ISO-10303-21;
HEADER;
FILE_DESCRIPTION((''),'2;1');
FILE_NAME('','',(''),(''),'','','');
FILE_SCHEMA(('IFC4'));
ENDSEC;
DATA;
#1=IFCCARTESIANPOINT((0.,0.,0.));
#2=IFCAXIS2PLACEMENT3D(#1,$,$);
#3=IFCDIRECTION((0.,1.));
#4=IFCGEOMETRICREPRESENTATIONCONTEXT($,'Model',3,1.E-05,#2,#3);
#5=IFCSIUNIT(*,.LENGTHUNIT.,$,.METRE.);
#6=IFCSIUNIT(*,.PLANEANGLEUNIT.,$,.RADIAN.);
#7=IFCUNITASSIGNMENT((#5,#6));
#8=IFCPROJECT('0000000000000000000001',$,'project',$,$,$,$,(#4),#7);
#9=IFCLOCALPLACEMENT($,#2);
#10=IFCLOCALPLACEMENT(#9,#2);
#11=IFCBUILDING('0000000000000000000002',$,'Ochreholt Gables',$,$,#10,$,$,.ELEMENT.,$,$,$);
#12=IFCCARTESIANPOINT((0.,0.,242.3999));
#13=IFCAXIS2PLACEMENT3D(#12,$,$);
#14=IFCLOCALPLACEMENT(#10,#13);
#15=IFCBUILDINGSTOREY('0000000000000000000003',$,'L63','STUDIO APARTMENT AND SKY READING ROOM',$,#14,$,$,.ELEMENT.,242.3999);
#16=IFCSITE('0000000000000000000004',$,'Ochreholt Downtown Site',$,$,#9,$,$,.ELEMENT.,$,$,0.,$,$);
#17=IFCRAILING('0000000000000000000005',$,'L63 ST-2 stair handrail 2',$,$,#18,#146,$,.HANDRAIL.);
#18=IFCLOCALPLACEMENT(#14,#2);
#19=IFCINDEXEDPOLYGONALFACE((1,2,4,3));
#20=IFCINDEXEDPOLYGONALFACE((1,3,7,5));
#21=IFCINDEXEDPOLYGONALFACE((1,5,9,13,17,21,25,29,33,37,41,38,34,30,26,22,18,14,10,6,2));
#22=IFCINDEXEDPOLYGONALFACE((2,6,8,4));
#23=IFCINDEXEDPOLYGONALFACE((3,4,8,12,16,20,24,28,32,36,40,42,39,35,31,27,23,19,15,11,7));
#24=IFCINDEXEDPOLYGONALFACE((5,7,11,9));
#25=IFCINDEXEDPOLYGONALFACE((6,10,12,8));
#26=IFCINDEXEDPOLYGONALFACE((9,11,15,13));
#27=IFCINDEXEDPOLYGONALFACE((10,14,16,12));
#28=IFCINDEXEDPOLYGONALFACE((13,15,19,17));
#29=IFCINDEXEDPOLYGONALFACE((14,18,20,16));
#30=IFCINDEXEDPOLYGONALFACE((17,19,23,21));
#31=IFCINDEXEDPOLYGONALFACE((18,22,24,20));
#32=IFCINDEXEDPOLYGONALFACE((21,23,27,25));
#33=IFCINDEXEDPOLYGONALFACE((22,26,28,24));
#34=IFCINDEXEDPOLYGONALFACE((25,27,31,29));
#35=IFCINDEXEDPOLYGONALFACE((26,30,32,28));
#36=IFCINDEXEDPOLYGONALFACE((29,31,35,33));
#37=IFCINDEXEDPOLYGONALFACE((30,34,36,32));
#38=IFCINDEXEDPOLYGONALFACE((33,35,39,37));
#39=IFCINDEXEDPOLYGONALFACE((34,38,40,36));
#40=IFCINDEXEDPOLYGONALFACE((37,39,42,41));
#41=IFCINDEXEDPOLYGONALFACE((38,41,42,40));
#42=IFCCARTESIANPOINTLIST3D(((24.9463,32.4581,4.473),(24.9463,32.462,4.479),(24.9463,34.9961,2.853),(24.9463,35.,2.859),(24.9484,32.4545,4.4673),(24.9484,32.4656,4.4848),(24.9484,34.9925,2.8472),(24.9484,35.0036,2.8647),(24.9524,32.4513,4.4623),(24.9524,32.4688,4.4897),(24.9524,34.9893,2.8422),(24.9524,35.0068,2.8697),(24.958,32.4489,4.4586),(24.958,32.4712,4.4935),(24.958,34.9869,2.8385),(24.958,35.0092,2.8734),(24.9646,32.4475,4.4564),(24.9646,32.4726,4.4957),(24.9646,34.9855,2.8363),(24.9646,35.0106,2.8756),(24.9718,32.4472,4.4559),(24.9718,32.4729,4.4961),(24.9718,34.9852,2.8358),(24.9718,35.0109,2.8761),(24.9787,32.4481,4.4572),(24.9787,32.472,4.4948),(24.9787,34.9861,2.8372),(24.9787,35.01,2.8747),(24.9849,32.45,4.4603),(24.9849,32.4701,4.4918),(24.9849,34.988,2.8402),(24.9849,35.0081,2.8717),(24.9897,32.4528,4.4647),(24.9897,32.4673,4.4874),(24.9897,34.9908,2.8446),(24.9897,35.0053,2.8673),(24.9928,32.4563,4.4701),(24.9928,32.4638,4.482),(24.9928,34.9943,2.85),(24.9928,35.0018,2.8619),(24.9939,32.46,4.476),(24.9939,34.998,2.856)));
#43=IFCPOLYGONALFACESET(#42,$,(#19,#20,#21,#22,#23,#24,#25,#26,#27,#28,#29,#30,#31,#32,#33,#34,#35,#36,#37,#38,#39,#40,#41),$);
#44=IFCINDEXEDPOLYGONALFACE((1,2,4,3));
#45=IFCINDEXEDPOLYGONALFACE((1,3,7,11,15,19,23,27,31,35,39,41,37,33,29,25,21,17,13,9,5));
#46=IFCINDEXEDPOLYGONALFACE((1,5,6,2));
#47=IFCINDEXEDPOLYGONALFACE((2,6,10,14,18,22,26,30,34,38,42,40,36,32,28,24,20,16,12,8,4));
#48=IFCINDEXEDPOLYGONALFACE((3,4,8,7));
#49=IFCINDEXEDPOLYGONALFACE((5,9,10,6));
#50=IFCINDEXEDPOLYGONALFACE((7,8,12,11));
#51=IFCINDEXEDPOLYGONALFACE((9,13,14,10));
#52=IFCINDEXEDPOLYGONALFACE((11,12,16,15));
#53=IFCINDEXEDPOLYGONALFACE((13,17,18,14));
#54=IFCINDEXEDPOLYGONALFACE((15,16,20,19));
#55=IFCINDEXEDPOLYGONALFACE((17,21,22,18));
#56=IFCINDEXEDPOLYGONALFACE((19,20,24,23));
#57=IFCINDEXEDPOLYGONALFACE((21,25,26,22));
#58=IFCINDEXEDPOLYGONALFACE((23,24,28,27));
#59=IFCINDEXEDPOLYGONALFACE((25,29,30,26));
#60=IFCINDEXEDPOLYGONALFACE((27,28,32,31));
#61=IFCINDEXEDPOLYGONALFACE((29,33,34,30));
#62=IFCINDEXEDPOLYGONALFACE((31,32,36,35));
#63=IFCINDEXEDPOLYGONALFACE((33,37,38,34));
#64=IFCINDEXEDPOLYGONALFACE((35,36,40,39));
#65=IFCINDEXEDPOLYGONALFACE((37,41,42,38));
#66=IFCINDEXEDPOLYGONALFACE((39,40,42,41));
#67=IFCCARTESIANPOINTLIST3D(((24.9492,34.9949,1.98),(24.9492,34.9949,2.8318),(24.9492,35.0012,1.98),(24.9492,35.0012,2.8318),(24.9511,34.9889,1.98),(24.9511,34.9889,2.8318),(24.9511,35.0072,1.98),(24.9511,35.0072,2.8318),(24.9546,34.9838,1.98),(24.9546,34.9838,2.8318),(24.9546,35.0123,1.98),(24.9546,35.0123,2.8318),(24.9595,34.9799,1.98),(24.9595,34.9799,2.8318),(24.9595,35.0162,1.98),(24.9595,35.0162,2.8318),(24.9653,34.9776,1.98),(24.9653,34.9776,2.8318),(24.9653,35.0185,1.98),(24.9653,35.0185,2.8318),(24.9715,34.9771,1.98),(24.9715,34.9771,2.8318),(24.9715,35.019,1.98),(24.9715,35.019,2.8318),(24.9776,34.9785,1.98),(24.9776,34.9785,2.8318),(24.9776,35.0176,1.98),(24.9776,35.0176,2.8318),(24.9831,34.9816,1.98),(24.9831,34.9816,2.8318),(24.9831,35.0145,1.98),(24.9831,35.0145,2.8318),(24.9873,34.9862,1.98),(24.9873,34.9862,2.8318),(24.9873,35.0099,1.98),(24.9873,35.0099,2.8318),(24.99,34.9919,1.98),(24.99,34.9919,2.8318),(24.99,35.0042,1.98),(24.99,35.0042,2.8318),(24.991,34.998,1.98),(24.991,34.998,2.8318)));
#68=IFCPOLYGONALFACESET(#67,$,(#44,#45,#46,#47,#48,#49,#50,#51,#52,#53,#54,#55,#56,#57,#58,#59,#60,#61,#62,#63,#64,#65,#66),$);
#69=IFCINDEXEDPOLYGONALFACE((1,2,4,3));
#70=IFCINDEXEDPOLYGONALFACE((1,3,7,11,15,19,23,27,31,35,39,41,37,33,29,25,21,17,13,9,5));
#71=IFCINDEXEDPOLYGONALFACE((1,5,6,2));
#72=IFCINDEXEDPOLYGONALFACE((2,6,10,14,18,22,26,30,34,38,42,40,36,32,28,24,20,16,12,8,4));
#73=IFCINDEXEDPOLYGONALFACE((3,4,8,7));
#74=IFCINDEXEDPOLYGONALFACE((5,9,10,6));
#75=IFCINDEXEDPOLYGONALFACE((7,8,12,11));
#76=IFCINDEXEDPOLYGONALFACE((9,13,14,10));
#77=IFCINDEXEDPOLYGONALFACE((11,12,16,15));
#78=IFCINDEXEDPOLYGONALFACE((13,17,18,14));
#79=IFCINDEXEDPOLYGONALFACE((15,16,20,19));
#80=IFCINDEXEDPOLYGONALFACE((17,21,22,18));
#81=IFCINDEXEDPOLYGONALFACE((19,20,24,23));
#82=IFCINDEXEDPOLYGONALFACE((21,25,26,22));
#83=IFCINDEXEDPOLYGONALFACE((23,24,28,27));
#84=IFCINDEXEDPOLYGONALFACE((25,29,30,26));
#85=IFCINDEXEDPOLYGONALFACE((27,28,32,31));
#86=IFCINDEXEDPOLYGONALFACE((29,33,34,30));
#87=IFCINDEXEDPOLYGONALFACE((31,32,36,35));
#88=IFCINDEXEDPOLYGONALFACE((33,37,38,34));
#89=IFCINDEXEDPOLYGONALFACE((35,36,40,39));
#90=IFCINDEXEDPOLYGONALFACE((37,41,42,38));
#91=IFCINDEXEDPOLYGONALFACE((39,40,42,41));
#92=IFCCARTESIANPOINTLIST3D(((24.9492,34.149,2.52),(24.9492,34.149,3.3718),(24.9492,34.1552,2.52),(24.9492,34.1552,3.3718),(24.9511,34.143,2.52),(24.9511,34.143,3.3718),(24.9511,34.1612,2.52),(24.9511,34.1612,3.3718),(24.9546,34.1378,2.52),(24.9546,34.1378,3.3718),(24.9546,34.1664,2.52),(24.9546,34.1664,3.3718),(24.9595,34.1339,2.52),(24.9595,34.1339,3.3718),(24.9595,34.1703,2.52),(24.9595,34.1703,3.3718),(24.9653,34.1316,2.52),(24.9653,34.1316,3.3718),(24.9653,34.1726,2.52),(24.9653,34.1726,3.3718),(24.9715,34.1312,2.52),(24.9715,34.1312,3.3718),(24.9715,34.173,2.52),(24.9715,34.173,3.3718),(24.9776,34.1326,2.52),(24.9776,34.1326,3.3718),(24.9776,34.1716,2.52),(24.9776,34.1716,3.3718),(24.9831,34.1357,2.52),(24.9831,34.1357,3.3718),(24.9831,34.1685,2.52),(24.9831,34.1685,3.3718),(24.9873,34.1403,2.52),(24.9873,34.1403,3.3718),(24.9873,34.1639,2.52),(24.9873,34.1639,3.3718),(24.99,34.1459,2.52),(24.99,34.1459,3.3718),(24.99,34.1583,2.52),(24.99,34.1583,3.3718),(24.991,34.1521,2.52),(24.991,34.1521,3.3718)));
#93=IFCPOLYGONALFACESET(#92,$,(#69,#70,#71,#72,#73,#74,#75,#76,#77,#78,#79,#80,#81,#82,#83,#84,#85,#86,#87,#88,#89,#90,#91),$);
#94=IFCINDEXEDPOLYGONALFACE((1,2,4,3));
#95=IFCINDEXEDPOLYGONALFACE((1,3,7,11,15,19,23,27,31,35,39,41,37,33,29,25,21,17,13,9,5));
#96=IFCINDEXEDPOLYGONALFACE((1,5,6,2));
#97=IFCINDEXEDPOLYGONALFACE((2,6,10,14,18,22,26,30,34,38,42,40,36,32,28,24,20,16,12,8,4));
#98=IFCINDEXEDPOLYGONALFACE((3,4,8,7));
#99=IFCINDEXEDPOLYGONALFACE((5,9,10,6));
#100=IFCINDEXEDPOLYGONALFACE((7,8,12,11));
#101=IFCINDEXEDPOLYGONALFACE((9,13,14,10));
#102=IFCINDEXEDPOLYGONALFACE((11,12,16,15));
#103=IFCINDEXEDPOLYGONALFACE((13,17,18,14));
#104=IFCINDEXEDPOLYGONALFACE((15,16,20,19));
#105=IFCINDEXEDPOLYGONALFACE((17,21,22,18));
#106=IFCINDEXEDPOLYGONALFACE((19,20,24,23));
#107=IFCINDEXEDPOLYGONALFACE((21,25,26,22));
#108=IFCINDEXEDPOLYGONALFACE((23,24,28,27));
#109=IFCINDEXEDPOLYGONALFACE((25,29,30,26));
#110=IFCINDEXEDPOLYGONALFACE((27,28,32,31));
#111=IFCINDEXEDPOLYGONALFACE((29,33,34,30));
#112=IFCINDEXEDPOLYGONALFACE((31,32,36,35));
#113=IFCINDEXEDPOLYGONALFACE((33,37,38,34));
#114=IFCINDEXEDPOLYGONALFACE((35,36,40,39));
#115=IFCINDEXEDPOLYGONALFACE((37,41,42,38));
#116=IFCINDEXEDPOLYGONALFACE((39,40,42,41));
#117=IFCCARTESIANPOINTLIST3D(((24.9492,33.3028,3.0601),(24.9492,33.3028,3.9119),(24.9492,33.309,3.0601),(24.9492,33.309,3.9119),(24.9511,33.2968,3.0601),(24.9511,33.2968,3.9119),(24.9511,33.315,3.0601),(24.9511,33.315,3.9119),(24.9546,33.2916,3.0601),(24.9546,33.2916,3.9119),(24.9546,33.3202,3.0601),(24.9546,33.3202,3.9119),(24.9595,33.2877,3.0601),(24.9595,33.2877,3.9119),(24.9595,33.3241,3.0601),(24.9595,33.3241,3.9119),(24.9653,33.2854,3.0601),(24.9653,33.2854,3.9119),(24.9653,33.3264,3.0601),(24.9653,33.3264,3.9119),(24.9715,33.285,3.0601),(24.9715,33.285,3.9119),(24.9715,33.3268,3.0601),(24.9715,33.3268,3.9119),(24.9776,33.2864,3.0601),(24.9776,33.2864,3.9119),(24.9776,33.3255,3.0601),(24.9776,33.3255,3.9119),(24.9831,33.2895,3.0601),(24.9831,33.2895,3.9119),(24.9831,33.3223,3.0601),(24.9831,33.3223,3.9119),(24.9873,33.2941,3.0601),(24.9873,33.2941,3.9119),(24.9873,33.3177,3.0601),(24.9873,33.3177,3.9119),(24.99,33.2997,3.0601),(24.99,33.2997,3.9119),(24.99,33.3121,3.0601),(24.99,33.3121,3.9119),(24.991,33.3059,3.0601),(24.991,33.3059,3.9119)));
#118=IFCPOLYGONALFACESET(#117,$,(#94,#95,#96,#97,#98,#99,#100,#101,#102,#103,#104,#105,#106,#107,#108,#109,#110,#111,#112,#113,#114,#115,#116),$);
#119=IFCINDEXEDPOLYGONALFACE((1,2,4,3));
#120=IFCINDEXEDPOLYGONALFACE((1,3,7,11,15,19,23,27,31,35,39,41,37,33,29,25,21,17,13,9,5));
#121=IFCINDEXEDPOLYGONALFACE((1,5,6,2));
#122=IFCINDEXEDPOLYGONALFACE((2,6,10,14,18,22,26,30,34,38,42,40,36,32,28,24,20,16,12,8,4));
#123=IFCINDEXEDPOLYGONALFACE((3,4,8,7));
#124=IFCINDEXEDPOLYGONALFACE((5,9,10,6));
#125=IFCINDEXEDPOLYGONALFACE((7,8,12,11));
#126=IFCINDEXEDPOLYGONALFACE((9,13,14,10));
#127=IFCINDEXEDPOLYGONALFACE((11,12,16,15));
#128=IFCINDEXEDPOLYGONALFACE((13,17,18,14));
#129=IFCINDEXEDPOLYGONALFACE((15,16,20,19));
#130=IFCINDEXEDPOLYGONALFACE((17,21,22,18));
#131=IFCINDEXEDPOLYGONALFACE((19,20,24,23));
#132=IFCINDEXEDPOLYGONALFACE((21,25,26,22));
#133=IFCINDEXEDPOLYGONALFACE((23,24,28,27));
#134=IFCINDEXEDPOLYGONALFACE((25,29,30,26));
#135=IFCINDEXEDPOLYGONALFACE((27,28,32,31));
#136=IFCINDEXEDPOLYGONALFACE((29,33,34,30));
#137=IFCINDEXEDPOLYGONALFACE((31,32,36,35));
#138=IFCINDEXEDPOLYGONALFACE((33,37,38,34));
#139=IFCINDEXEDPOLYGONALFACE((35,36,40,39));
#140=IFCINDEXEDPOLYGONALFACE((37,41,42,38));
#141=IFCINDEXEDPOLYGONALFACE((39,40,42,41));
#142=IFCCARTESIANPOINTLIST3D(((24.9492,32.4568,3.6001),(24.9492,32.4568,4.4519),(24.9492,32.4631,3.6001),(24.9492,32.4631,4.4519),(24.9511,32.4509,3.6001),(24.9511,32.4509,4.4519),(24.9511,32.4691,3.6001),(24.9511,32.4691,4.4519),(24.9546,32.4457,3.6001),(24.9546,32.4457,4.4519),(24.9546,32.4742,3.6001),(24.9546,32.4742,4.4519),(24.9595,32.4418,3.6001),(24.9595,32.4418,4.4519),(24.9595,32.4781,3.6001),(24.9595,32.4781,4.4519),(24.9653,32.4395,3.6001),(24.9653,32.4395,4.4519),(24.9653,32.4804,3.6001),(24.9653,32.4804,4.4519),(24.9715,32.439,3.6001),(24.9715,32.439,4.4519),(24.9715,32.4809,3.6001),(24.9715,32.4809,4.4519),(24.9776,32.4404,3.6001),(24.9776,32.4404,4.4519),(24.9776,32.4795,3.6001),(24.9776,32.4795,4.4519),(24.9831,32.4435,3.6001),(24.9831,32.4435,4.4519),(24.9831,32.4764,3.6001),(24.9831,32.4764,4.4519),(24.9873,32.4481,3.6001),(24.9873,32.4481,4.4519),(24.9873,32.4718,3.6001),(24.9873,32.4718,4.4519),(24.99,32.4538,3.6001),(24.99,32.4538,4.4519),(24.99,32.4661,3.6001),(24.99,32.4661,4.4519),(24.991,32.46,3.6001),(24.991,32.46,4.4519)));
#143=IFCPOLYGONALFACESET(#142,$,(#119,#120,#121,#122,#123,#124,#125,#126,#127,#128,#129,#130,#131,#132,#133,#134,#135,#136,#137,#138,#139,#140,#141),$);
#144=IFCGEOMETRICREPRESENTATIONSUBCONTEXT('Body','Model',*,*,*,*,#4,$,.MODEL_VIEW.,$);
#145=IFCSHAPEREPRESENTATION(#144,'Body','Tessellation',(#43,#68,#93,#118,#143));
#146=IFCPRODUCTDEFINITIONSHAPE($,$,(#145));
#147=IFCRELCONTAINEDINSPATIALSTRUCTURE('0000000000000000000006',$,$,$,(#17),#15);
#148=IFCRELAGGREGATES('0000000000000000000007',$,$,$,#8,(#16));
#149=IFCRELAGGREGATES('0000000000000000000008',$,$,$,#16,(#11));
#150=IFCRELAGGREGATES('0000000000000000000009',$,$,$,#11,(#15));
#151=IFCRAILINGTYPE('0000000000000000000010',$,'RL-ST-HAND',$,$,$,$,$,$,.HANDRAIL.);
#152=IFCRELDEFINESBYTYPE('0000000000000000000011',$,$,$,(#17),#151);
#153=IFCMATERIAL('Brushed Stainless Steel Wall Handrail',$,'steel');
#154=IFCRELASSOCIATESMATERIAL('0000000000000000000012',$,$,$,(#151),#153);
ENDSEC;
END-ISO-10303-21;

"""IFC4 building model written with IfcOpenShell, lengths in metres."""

from ifc_helpers import new_model, si_unit, direction, frame, origin, origin_2d, place, context, subcontext, project, spatial, circle, extrude, material, type_object, element, save


model = new_model("IFC4")

# Units and contexts
model_context = context("Model", 3, precision=1e-05, world=origin(), true_north=direction((0.0, 1.0)))
body_context = subcontext(model_context, "Body", "Model", "MODEL_VIEW")
ifc_project = project(units=[si_unit("LENGTHUNIT", "METRE"), si_unit("PLANEANGLEUNIT", "RADIAN")], contexts=[model_context])

# Site, building, storey
site_placement = place(None, origin())
site = spatial("IfcSite", under=ifc_project, at=site_placement, Name="Ochreholt Downtown Site", CompositionType="ELEMENT", RefElevation=0.0)
building_placement = place(site_placement, origin())
building = spatial("IfcBuilding", under=site, at=building_placement, Name="Ochreholt Gables", CompositionType="ELEMENT")
storey_placement = place(building_placement, frame((0.0, 0.0, 242.3999)))
storey = spatial("IfcBuildingStorey", under=building, at=storey_placement, Name="L63", Description="STUDIO APARTMENT AND SKY READING ROOM", CompositionType="ELEMENT", Elevation=242.3999)

# Railing
ifc_material_1 = material(Name="Brushed Stainless Steel Wall Handrail", Category="steel")
railing_type_1 = type_object("IfcRailingType", Name="RL-ST-HAND", PredefinedType="HANDRAIL", material=ifc_material_1)
railing_1_placement = place(storey_placement, frame((24.97, 34.998, 1.98)))
element("IfcRailing", 1, at=railing_1_placement, inside=storey, type_object=railing_type_1, Name="L63 ST-2 stair handrail 2", PredefinedType="HANDRAIL", context=body_context, shape_type="SweptSolid", body=[
    extrude(circle(Radius=0.0239, at=origin_2d()), frame((0.0, 0.0, 0.876), z_axis=(0.0, -0.842913, 0.53805), x_axis=(1.0, 0.0, 0.0)), (0.0, 0.0, 1.0), 3.011),
    extrude(circle(Radius=0.021, at=origin_2d()), origin(), (0.0, 0.0, 1.0), 0.8518),
    extrude(circle(Radius=0.021, at=origin_2d()), frame((0.0, -0.8459, 0.54)), (0.0, 0.0, 1.0), 0.8518),
    extrude(circle(Radius=0.021, at=origin_2d()), frame((0.0, -1.6921, 1.0801)), (0.0, 0.0, 1.0), 0.8518),
    extrude(circle(Radius=0.021, at=origin_2d()), frame((0.0, -2.5381, 1.6201)), (0.0, 0.0, 1.0), 0.8518),
])

save(model, "model.ifc")
